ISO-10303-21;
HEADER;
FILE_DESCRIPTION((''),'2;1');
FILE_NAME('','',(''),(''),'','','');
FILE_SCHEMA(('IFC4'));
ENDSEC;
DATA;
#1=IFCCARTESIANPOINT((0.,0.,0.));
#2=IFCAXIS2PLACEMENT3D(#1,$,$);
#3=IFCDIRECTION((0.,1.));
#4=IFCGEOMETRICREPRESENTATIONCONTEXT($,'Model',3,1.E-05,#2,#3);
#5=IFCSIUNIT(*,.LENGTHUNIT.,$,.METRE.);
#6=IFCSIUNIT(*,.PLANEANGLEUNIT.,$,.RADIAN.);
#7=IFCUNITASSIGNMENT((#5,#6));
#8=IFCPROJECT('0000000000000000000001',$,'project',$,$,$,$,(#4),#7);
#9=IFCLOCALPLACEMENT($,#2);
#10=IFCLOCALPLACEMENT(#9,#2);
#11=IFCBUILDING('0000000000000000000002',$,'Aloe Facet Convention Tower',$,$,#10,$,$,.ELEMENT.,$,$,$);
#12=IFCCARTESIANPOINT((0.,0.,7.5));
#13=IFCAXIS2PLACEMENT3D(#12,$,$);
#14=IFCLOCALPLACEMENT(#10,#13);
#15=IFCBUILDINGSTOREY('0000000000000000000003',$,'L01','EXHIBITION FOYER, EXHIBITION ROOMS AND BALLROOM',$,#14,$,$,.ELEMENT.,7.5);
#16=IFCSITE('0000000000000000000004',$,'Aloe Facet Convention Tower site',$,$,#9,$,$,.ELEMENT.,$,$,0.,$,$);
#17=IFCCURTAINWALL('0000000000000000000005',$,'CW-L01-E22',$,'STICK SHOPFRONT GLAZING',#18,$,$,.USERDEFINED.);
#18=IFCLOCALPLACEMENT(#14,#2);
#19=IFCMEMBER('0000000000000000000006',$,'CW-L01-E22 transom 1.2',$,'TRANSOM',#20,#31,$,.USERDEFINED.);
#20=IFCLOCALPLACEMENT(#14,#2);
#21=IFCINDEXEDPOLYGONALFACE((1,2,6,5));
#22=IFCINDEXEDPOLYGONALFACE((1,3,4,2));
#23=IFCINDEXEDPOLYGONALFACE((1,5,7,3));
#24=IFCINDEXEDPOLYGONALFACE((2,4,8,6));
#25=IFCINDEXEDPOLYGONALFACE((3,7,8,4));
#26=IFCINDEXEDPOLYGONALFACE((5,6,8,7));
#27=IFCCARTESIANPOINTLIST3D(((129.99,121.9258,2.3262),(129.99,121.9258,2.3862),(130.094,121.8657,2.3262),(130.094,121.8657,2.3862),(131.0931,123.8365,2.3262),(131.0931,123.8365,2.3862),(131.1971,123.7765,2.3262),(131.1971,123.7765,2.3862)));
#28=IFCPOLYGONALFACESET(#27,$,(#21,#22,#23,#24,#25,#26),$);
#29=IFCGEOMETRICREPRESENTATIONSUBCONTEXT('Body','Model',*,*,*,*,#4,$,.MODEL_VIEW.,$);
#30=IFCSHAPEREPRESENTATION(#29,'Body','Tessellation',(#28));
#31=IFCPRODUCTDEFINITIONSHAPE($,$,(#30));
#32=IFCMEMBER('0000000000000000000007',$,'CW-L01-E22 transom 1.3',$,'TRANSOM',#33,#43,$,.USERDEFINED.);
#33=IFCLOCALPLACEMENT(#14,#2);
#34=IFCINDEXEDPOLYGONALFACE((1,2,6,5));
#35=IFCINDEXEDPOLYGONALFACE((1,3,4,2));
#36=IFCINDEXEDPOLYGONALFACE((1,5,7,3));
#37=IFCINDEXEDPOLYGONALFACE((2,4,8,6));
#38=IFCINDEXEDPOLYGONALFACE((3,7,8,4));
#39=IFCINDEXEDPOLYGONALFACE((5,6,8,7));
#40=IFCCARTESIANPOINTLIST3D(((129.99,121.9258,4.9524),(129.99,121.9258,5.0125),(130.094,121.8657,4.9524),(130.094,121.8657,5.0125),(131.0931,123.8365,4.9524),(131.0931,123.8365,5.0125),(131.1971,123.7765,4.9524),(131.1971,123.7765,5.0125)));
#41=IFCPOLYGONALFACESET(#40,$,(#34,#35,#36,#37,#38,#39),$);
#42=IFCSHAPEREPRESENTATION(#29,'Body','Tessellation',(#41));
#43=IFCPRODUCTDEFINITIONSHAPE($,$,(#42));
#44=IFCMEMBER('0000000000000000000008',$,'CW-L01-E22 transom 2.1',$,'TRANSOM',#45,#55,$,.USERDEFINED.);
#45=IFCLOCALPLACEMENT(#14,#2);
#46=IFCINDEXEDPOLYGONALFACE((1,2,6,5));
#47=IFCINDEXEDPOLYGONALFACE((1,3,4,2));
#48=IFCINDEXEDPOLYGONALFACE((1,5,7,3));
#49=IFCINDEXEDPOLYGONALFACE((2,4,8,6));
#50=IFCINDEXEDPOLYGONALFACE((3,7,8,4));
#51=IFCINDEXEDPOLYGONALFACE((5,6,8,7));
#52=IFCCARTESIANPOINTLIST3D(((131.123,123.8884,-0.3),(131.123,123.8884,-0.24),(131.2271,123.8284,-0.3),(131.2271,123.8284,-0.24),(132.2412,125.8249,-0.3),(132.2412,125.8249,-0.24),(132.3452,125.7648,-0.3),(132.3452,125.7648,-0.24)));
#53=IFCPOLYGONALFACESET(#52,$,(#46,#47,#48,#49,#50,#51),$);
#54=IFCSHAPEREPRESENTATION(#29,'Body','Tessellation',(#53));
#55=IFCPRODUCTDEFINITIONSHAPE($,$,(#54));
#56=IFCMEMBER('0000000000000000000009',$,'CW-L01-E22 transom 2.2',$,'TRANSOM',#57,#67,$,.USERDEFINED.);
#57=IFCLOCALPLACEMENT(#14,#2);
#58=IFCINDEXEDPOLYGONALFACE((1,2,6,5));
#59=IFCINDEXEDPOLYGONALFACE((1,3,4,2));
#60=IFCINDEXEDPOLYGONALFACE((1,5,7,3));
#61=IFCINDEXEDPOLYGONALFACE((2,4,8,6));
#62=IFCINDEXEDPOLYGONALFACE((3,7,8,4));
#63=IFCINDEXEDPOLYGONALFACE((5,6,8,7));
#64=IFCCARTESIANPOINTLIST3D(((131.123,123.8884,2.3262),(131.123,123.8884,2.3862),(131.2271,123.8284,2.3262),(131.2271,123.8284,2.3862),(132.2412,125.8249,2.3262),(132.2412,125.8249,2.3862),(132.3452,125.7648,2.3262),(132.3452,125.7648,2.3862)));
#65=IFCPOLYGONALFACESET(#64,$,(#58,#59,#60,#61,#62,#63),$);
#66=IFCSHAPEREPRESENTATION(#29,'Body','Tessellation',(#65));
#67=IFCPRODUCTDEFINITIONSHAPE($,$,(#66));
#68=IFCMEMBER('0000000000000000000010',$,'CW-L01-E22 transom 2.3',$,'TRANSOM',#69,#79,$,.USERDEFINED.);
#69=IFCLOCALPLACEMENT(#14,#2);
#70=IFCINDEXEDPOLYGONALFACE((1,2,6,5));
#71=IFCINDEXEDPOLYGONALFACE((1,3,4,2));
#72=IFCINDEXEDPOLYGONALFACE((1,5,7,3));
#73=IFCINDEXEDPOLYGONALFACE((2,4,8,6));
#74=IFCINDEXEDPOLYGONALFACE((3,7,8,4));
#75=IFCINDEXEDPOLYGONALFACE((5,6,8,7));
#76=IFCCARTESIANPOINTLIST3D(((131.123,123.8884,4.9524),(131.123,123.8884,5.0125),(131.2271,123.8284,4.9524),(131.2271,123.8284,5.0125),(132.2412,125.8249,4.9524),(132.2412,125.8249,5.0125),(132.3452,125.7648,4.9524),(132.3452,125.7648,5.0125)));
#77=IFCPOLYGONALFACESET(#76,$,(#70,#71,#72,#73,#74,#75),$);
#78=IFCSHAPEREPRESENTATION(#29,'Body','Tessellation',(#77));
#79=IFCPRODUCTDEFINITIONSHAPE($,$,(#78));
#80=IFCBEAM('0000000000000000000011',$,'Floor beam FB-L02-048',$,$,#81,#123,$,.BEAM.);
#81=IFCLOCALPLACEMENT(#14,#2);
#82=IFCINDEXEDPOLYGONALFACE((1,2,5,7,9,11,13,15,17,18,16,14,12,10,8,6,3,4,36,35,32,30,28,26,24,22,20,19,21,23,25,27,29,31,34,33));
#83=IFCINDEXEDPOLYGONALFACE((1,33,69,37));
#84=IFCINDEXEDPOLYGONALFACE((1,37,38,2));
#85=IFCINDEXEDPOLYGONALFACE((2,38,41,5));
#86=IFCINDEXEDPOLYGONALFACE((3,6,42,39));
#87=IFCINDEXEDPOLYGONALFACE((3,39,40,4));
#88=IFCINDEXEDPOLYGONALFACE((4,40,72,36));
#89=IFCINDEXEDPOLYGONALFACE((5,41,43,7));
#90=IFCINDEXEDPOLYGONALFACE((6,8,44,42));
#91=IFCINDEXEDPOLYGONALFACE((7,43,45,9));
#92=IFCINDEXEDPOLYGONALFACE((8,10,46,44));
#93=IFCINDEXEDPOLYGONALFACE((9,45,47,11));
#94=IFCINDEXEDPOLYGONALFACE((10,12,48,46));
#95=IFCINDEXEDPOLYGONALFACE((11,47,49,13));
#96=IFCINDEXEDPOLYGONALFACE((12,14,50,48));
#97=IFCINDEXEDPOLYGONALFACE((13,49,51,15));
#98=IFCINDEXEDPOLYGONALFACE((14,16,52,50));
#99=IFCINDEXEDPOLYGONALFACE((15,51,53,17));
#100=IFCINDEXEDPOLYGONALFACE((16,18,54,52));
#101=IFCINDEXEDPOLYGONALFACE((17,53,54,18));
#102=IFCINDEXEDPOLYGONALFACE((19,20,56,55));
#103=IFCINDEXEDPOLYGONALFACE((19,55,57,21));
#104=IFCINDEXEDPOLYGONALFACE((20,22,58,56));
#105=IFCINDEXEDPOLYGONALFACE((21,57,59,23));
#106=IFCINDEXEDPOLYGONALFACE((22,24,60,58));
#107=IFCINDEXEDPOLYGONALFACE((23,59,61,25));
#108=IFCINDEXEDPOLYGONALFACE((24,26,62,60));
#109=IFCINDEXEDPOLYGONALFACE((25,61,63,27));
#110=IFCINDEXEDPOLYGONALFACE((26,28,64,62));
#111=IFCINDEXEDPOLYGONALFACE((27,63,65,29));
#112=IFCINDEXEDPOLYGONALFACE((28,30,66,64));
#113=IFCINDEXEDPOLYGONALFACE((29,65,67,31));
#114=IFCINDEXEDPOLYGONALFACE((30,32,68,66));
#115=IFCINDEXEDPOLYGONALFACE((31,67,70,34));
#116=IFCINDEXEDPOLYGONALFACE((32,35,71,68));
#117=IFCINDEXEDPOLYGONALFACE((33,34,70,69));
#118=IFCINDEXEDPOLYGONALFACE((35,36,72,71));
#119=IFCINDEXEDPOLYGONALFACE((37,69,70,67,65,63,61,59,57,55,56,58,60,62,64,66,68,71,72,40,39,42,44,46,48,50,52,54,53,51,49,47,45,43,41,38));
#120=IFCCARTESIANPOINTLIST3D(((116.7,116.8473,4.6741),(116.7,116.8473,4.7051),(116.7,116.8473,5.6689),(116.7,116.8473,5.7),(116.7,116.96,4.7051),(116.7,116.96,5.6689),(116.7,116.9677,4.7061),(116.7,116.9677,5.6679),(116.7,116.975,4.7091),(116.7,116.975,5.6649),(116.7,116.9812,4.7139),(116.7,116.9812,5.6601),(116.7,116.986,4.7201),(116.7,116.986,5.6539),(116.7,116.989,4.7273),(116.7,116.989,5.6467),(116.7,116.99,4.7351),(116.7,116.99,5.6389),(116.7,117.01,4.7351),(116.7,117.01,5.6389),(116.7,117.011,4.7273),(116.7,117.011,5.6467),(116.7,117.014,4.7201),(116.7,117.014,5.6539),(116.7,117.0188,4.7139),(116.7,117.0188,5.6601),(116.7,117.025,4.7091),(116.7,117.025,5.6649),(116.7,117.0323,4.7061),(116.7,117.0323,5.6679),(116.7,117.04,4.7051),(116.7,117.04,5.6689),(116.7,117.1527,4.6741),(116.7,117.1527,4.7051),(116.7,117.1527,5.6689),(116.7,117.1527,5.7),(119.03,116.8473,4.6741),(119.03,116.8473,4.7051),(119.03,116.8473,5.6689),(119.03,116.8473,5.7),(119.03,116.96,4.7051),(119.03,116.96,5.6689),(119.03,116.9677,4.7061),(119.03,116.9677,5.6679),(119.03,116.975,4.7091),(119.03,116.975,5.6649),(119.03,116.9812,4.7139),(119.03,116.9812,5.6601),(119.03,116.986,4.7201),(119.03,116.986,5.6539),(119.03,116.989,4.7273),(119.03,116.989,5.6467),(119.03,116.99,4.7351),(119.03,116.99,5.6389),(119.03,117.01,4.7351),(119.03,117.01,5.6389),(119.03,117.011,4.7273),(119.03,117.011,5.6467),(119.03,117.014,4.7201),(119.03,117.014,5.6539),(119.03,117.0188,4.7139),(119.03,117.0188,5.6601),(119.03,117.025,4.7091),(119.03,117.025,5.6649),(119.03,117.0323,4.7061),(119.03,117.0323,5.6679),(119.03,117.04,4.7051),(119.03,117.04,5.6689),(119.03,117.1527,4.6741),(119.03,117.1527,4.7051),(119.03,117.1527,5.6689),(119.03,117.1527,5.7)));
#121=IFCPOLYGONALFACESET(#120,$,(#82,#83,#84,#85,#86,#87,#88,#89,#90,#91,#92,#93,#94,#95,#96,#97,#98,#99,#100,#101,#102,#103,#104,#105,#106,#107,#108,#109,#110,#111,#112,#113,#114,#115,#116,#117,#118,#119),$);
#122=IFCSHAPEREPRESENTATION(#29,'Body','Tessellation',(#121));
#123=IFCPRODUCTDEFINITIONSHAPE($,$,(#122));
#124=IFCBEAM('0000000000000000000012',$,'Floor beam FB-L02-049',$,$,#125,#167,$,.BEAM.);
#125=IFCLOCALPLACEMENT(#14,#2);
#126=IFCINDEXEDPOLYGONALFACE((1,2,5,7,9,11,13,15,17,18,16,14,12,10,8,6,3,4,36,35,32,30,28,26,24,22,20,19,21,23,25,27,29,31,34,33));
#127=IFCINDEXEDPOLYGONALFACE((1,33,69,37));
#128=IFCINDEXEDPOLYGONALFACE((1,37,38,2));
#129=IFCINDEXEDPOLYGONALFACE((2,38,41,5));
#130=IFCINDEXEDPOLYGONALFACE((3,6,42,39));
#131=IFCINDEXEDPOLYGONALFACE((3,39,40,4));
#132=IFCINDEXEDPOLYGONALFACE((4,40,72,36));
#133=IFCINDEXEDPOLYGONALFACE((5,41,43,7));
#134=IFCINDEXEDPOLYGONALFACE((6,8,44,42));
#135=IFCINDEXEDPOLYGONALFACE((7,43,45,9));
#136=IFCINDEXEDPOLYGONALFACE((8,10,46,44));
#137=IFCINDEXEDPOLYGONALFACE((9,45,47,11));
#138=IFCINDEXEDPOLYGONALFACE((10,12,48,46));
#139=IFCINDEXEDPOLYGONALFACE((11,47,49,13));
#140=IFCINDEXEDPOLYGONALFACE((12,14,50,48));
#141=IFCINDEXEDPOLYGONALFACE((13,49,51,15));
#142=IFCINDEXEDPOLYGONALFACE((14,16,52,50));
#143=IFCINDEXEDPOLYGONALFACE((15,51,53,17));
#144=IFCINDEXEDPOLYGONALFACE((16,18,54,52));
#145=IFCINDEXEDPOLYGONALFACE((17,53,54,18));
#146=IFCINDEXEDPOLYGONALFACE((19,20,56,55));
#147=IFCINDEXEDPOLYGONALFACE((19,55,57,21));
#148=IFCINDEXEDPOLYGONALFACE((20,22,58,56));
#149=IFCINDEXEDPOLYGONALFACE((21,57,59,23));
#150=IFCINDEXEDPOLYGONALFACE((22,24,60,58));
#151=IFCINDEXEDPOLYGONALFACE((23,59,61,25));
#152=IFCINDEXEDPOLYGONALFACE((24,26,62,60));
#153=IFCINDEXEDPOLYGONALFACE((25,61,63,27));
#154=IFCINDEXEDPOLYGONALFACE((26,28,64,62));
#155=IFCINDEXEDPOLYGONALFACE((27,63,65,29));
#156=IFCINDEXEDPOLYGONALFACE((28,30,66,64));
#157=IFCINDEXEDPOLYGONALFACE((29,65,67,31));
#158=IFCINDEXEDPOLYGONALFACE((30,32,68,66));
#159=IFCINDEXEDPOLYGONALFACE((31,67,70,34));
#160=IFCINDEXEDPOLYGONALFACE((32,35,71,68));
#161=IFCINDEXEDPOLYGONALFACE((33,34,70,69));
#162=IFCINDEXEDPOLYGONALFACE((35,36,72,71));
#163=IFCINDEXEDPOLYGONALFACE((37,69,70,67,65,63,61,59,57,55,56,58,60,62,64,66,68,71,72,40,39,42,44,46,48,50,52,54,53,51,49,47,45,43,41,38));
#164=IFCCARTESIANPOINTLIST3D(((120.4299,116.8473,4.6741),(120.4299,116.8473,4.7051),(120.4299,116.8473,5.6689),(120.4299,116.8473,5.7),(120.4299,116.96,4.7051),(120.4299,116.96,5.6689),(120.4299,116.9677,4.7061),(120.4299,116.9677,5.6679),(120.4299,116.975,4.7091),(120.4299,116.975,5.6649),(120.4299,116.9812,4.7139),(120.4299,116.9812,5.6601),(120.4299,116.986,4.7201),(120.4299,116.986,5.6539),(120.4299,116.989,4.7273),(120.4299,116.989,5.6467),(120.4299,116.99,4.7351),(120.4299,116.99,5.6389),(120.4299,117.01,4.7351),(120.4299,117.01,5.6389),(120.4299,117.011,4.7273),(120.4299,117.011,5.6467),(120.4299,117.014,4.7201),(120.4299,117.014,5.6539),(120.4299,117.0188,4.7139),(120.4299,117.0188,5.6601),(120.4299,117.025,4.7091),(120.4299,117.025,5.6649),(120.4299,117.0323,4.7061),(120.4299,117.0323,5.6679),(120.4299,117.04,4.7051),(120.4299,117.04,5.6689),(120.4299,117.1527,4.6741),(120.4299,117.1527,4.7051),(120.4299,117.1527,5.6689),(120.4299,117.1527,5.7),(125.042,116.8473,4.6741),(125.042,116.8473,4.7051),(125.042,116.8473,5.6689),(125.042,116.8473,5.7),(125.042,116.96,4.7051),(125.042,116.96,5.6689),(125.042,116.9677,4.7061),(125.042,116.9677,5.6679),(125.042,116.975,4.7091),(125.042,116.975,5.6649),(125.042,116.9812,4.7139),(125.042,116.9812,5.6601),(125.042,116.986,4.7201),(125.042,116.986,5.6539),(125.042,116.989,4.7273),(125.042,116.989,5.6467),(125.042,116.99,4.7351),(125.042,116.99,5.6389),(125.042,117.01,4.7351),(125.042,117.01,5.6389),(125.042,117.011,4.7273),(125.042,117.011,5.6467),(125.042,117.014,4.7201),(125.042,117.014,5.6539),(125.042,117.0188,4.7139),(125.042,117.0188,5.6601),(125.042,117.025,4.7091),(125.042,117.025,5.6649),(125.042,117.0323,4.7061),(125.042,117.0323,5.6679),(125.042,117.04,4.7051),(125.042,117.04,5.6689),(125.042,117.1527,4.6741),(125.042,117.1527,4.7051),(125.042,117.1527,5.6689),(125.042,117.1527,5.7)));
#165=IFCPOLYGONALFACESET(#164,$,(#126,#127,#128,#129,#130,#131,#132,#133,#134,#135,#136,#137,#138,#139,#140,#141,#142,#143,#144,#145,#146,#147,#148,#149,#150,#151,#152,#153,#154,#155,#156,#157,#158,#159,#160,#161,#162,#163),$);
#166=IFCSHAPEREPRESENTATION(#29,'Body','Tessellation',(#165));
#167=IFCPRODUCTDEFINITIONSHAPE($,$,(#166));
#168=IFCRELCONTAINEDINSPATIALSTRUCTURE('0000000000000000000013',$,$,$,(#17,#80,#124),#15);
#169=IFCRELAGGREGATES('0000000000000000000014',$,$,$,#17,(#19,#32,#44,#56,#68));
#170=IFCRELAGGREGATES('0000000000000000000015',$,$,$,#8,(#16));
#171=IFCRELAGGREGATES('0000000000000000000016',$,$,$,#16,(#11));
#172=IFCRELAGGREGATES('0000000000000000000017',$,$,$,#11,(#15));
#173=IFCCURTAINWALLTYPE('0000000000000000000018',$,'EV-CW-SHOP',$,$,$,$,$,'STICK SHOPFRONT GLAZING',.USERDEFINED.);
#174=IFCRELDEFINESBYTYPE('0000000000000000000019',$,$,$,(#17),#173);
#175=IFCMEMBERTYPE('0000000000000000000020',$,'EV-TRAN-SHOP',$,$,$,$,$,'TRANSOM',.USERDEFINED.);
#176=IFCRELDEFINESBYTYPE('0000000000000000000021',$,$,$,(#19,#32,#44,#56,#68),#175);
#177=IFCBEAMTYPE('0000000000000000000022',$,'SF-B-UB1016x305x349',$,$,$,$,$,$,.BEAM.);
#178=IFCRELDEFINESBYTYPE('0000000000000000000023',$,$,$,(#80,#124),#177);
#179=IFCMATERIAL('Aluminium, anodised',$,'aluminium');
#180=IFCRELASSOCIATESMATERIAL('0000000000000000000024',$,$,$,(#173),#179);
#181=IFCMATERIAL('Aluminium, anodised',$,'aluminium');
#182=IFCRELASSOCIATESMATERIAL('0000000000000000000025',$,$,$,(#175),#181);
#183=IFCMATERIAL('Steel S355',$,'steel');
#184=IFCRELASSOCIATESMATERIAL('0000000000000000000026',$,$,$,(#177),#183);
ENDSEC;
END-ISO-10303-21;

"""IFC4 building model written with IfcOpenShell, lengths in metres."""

from ifc_helpers import new_model, si_unit, direction, frame, origin, origin_2d, place, context, subcontext, project, spatial, rectangle, i_section, extrude, material, material_profile, profile_set, type_object, element, aggregate, save


model = new_model("IFC4")

# Units and contexts
model_context = context("Model", 3, precision=1e-05, world=origin(), true_north=direction((0.0, 1.0)))
body_context = subcontext(model_context, "Body", "Model", "MODEL_VIEW")
ifc_project = project(units=[si_unit("LENGTHUNIT", "METRE"), si_unit("PLANEANGLEUNIT", "RADIAN")], contexts=[model_context])

# Site, building, storey
site_placement = place(None, origin())
site = spatial("IfcSite", under=ifc_project, at=site_placement, Name="Aloe Facet Convention Tower site", CompositionType="ELEMENT", RefElevation=0.0)
building_placement = place(site_placement, origin())
building = spatial("IfcBuilding", under=site, at=building_placement, Name="Aloe Facet Convention Tower", CompositionType="ELEMENT")
storey_placement = place(building_placement, frame((0.0, 0.0, 7.5)))
storey = spatial("IfcBuildingStorey", under=building, at=storey_placement, Name="L01", Description="EXHIBITION FOYER, EXHIBITION ROOMS AND BALLROOM", CompositionType="ELEMENT", Elevation=7.5)

# Curtain wall
ifc_material_1 = material(Name="Aluminium, anodised", Category="aluminium")
curtain_wall_type = type_object("IfcCurtainWallType", Name="EV-CW-SHOP", ElementType="STICK SHOPFRONT GLAZING", PredefinedType="USERDEFINED", material=ifc_material_1)
curtain_wall_1_placement = place(storey_placement, origin())
curtain_wall_1 = element("IfcCurtainWall", 1, at=curtain_wall_1_placement, inside=storey, type_object=curtain_wall_type, Name="CW-L01-E22", ObjectType="STICK SHOPFRONT GLAZING", PredefinedType="USERDEFINED")

# Members
ifc_material_2 = material(Name="Aluminium, anodised", Category="aluminium")
ifc_material_profile_1 = material_profile(ifc_material_2, rectangle(XDim=0.1201, YDim=0.0601, at=origin_2d()), Name="AL 120x60")
ifc_profile_set_1 = profile_set([ifc_material_profile_1], Name="Aluminium, anodised")
member_type_1 = type_object("IfcMemberType", Name="EV-TRAN-SHOP", ElementType="TRANSOM", PredefinedType="USERDEFINED", material=ifc_profile_set_1)
member_1_placement = place(storey_placement, frame((130.042, 121.8958, 2.3562), z_axis=(0.499972, 0.866042, 0.0), x_axis=(-0.866042, 0.499972, 0.0)))
member_1 = element("IfcMember", 2, at=member_1_placement, type_object=member_type_1, Name="CW-L01-E22 transom 1.2", ObjectType="TRANSOM", PredefinedType="USERDEFINED", context=body_context, shape_type="SweptSolid", body=[
    extrude(rectangle(XDim=0.1201, YDim=0.0601, at=origin_2d()), origin(), (0.0, 0.0, 1.0), 2.2063),
])
member_2_placement = place(storey_placement, frame((130.042, 121.8958, 4.9824), z_axis=(0.499972, 0.866042, 0.0), x_axis=(-0.866042, 0.499972, 0.0)))
member_2 = element("IfcMember", 3, at=member_2_placement, type_object=member_type_1, Name="CW-L01-E22 transom 1.3", ObjectType="TRANSOM", PredefinedType="USERDEFINED", context=body_context, shape_type="SweptSolid", body=[
    extrude(rectangle(XDim=0.1201, YDim=0.0601, at=origin_2d()), origin(), (0.0, 0.0, 1.0), 2.2063),
])
member_3_placement = place(storey_placement, frame((131.175, 123.8584, -0.27), z_axis=(0.500037, 0.866004, 0.0), x_axis=(-0.866004, 0.500037, 0.0)))
member_3 = element("IfcMember", 4, at=member_3_placement, type_object=member_type_1, Name="CW-L01-E22 transom 2.1", ObjectType="TRANSOM", PredefinedType="USERDEFINED", context=body_context, shape_type="SweptSolid", body=[
    extrude(rectangle(XDim=0.1201, YDim=0.0601, at=origin_2d()), origin(), (0.0, 0.0, 1.0), 2.2361),
])
member_4_placement = place(storey_placement, frame((131.175, 123.8584, 2.3562), z_axis=(0.500037, 0.866004, 0.0), x_axis=(-0.866004, 0.500037, 0.0)))
member_4 = element("IfcMember", 5, at=member_4_placement, type_object=member_type_1, Name="CW-L01-E22 transom 2.2", ObjectType="TRANSOM", PredefinedType="USERDEFINED", context=body_context, shape_type="SweptSolid", body=[
    extrude(rectangle(XDim=0.1201, YDim=0.0601, at=origin_2d()), origin(), (0.0, 0.0, 1.0), 2.2361),
])
member_5_placement = place(storey_placement, frame((131.175, 123.8584, 4.9824), z_axis=(0.500037, 0.866004, 0.0), x_axis=(-0.866004, 0.500037, 0.0)))
member_5 = element("IfcMember", 6, at=member_5_placement, type_object=member_type_1, Name="CW-L01-E22 transom 2.3", ObjectType="TRANSOM", PredefinedType="USERDEFINED", context=body_context, shape_type="SweptSolid", body=[
    extrude(rectangle(XDim=0.1201, YDim=0.0601, at=origin_2d()), origin(), (0.0, 0.0, 1.0), 2.2361),
])

# Beams
ifc_material_3 = material(Name="Steel S355", Category="steel")
ifc_material_profile_2 = material_profile(ifc_material_3, i_section(OverallWidth=0.3054, OverallDepth=1.0259, WebThickness=0.02, FlangeThickness=0.031, FilletRadius=0.03, at=origin_2d()), Name="UB 1016x305x349")
ifc_profile_set_2 = profile_set([ifc_material_profile_2], Name="Steel S355")
beam_type_1 = type_object("IfcBeamType", Name="SF-B-UB1016x305x349", PredefinedType="BEAM", material=ifc_profile_set_2)
beam_1_placement = place(storey_placement, frame((116.7, 117.0, 5.187), z_axis=(1.0, 0.0, 0.0), x_axis=(0.0, 1.0, 0.0)))
element("IfcBeam", 7, at=beam_1_placement, inside=storey, type_object=beam_type_1, Name="Floor beam FB-L02-048", PredefinedType="BEAM", context=body_context, shape_type="SweptSolid", body=[
    extrude(i_section(OverallWidth=0.3054, OverallDepth=1.0259, WebThickness=0.02, FlangeThickness=0.031, FilletRadius=0.03, at=origin_2d()), origin(), (0.0, 0.0, 1.0), 2.3301),
])
beam_2_placement = place(storey_placement, frame((120.4299, 117.0, 5.187), z_axis=(1.0, 0.0, 0.0), x_axis=(0.0, 1.0, 0.0)))
element("IfcBeam", 8, at=beam_2_placement, inside=storey, type_object=beam_type_1, Name="Floor beam FB-L02-049", PredefinedType="BEAM", context=body_context, shape_type="SweptSolid", body=[
    extrude(i_section(OverallWidth=0.3054, OverallDepth=1.0259, WebThickness=0.02, FlangeThickness=0.031, FilletRadius=0.03, at=origin_2d()), origin(), (0.0, 0.0, 1.0), 4.6121),
])

aggregate(curtain_wall_1, [member_1, member_2, member_3, member_4, member_5])

save(model, "model.ifc")
